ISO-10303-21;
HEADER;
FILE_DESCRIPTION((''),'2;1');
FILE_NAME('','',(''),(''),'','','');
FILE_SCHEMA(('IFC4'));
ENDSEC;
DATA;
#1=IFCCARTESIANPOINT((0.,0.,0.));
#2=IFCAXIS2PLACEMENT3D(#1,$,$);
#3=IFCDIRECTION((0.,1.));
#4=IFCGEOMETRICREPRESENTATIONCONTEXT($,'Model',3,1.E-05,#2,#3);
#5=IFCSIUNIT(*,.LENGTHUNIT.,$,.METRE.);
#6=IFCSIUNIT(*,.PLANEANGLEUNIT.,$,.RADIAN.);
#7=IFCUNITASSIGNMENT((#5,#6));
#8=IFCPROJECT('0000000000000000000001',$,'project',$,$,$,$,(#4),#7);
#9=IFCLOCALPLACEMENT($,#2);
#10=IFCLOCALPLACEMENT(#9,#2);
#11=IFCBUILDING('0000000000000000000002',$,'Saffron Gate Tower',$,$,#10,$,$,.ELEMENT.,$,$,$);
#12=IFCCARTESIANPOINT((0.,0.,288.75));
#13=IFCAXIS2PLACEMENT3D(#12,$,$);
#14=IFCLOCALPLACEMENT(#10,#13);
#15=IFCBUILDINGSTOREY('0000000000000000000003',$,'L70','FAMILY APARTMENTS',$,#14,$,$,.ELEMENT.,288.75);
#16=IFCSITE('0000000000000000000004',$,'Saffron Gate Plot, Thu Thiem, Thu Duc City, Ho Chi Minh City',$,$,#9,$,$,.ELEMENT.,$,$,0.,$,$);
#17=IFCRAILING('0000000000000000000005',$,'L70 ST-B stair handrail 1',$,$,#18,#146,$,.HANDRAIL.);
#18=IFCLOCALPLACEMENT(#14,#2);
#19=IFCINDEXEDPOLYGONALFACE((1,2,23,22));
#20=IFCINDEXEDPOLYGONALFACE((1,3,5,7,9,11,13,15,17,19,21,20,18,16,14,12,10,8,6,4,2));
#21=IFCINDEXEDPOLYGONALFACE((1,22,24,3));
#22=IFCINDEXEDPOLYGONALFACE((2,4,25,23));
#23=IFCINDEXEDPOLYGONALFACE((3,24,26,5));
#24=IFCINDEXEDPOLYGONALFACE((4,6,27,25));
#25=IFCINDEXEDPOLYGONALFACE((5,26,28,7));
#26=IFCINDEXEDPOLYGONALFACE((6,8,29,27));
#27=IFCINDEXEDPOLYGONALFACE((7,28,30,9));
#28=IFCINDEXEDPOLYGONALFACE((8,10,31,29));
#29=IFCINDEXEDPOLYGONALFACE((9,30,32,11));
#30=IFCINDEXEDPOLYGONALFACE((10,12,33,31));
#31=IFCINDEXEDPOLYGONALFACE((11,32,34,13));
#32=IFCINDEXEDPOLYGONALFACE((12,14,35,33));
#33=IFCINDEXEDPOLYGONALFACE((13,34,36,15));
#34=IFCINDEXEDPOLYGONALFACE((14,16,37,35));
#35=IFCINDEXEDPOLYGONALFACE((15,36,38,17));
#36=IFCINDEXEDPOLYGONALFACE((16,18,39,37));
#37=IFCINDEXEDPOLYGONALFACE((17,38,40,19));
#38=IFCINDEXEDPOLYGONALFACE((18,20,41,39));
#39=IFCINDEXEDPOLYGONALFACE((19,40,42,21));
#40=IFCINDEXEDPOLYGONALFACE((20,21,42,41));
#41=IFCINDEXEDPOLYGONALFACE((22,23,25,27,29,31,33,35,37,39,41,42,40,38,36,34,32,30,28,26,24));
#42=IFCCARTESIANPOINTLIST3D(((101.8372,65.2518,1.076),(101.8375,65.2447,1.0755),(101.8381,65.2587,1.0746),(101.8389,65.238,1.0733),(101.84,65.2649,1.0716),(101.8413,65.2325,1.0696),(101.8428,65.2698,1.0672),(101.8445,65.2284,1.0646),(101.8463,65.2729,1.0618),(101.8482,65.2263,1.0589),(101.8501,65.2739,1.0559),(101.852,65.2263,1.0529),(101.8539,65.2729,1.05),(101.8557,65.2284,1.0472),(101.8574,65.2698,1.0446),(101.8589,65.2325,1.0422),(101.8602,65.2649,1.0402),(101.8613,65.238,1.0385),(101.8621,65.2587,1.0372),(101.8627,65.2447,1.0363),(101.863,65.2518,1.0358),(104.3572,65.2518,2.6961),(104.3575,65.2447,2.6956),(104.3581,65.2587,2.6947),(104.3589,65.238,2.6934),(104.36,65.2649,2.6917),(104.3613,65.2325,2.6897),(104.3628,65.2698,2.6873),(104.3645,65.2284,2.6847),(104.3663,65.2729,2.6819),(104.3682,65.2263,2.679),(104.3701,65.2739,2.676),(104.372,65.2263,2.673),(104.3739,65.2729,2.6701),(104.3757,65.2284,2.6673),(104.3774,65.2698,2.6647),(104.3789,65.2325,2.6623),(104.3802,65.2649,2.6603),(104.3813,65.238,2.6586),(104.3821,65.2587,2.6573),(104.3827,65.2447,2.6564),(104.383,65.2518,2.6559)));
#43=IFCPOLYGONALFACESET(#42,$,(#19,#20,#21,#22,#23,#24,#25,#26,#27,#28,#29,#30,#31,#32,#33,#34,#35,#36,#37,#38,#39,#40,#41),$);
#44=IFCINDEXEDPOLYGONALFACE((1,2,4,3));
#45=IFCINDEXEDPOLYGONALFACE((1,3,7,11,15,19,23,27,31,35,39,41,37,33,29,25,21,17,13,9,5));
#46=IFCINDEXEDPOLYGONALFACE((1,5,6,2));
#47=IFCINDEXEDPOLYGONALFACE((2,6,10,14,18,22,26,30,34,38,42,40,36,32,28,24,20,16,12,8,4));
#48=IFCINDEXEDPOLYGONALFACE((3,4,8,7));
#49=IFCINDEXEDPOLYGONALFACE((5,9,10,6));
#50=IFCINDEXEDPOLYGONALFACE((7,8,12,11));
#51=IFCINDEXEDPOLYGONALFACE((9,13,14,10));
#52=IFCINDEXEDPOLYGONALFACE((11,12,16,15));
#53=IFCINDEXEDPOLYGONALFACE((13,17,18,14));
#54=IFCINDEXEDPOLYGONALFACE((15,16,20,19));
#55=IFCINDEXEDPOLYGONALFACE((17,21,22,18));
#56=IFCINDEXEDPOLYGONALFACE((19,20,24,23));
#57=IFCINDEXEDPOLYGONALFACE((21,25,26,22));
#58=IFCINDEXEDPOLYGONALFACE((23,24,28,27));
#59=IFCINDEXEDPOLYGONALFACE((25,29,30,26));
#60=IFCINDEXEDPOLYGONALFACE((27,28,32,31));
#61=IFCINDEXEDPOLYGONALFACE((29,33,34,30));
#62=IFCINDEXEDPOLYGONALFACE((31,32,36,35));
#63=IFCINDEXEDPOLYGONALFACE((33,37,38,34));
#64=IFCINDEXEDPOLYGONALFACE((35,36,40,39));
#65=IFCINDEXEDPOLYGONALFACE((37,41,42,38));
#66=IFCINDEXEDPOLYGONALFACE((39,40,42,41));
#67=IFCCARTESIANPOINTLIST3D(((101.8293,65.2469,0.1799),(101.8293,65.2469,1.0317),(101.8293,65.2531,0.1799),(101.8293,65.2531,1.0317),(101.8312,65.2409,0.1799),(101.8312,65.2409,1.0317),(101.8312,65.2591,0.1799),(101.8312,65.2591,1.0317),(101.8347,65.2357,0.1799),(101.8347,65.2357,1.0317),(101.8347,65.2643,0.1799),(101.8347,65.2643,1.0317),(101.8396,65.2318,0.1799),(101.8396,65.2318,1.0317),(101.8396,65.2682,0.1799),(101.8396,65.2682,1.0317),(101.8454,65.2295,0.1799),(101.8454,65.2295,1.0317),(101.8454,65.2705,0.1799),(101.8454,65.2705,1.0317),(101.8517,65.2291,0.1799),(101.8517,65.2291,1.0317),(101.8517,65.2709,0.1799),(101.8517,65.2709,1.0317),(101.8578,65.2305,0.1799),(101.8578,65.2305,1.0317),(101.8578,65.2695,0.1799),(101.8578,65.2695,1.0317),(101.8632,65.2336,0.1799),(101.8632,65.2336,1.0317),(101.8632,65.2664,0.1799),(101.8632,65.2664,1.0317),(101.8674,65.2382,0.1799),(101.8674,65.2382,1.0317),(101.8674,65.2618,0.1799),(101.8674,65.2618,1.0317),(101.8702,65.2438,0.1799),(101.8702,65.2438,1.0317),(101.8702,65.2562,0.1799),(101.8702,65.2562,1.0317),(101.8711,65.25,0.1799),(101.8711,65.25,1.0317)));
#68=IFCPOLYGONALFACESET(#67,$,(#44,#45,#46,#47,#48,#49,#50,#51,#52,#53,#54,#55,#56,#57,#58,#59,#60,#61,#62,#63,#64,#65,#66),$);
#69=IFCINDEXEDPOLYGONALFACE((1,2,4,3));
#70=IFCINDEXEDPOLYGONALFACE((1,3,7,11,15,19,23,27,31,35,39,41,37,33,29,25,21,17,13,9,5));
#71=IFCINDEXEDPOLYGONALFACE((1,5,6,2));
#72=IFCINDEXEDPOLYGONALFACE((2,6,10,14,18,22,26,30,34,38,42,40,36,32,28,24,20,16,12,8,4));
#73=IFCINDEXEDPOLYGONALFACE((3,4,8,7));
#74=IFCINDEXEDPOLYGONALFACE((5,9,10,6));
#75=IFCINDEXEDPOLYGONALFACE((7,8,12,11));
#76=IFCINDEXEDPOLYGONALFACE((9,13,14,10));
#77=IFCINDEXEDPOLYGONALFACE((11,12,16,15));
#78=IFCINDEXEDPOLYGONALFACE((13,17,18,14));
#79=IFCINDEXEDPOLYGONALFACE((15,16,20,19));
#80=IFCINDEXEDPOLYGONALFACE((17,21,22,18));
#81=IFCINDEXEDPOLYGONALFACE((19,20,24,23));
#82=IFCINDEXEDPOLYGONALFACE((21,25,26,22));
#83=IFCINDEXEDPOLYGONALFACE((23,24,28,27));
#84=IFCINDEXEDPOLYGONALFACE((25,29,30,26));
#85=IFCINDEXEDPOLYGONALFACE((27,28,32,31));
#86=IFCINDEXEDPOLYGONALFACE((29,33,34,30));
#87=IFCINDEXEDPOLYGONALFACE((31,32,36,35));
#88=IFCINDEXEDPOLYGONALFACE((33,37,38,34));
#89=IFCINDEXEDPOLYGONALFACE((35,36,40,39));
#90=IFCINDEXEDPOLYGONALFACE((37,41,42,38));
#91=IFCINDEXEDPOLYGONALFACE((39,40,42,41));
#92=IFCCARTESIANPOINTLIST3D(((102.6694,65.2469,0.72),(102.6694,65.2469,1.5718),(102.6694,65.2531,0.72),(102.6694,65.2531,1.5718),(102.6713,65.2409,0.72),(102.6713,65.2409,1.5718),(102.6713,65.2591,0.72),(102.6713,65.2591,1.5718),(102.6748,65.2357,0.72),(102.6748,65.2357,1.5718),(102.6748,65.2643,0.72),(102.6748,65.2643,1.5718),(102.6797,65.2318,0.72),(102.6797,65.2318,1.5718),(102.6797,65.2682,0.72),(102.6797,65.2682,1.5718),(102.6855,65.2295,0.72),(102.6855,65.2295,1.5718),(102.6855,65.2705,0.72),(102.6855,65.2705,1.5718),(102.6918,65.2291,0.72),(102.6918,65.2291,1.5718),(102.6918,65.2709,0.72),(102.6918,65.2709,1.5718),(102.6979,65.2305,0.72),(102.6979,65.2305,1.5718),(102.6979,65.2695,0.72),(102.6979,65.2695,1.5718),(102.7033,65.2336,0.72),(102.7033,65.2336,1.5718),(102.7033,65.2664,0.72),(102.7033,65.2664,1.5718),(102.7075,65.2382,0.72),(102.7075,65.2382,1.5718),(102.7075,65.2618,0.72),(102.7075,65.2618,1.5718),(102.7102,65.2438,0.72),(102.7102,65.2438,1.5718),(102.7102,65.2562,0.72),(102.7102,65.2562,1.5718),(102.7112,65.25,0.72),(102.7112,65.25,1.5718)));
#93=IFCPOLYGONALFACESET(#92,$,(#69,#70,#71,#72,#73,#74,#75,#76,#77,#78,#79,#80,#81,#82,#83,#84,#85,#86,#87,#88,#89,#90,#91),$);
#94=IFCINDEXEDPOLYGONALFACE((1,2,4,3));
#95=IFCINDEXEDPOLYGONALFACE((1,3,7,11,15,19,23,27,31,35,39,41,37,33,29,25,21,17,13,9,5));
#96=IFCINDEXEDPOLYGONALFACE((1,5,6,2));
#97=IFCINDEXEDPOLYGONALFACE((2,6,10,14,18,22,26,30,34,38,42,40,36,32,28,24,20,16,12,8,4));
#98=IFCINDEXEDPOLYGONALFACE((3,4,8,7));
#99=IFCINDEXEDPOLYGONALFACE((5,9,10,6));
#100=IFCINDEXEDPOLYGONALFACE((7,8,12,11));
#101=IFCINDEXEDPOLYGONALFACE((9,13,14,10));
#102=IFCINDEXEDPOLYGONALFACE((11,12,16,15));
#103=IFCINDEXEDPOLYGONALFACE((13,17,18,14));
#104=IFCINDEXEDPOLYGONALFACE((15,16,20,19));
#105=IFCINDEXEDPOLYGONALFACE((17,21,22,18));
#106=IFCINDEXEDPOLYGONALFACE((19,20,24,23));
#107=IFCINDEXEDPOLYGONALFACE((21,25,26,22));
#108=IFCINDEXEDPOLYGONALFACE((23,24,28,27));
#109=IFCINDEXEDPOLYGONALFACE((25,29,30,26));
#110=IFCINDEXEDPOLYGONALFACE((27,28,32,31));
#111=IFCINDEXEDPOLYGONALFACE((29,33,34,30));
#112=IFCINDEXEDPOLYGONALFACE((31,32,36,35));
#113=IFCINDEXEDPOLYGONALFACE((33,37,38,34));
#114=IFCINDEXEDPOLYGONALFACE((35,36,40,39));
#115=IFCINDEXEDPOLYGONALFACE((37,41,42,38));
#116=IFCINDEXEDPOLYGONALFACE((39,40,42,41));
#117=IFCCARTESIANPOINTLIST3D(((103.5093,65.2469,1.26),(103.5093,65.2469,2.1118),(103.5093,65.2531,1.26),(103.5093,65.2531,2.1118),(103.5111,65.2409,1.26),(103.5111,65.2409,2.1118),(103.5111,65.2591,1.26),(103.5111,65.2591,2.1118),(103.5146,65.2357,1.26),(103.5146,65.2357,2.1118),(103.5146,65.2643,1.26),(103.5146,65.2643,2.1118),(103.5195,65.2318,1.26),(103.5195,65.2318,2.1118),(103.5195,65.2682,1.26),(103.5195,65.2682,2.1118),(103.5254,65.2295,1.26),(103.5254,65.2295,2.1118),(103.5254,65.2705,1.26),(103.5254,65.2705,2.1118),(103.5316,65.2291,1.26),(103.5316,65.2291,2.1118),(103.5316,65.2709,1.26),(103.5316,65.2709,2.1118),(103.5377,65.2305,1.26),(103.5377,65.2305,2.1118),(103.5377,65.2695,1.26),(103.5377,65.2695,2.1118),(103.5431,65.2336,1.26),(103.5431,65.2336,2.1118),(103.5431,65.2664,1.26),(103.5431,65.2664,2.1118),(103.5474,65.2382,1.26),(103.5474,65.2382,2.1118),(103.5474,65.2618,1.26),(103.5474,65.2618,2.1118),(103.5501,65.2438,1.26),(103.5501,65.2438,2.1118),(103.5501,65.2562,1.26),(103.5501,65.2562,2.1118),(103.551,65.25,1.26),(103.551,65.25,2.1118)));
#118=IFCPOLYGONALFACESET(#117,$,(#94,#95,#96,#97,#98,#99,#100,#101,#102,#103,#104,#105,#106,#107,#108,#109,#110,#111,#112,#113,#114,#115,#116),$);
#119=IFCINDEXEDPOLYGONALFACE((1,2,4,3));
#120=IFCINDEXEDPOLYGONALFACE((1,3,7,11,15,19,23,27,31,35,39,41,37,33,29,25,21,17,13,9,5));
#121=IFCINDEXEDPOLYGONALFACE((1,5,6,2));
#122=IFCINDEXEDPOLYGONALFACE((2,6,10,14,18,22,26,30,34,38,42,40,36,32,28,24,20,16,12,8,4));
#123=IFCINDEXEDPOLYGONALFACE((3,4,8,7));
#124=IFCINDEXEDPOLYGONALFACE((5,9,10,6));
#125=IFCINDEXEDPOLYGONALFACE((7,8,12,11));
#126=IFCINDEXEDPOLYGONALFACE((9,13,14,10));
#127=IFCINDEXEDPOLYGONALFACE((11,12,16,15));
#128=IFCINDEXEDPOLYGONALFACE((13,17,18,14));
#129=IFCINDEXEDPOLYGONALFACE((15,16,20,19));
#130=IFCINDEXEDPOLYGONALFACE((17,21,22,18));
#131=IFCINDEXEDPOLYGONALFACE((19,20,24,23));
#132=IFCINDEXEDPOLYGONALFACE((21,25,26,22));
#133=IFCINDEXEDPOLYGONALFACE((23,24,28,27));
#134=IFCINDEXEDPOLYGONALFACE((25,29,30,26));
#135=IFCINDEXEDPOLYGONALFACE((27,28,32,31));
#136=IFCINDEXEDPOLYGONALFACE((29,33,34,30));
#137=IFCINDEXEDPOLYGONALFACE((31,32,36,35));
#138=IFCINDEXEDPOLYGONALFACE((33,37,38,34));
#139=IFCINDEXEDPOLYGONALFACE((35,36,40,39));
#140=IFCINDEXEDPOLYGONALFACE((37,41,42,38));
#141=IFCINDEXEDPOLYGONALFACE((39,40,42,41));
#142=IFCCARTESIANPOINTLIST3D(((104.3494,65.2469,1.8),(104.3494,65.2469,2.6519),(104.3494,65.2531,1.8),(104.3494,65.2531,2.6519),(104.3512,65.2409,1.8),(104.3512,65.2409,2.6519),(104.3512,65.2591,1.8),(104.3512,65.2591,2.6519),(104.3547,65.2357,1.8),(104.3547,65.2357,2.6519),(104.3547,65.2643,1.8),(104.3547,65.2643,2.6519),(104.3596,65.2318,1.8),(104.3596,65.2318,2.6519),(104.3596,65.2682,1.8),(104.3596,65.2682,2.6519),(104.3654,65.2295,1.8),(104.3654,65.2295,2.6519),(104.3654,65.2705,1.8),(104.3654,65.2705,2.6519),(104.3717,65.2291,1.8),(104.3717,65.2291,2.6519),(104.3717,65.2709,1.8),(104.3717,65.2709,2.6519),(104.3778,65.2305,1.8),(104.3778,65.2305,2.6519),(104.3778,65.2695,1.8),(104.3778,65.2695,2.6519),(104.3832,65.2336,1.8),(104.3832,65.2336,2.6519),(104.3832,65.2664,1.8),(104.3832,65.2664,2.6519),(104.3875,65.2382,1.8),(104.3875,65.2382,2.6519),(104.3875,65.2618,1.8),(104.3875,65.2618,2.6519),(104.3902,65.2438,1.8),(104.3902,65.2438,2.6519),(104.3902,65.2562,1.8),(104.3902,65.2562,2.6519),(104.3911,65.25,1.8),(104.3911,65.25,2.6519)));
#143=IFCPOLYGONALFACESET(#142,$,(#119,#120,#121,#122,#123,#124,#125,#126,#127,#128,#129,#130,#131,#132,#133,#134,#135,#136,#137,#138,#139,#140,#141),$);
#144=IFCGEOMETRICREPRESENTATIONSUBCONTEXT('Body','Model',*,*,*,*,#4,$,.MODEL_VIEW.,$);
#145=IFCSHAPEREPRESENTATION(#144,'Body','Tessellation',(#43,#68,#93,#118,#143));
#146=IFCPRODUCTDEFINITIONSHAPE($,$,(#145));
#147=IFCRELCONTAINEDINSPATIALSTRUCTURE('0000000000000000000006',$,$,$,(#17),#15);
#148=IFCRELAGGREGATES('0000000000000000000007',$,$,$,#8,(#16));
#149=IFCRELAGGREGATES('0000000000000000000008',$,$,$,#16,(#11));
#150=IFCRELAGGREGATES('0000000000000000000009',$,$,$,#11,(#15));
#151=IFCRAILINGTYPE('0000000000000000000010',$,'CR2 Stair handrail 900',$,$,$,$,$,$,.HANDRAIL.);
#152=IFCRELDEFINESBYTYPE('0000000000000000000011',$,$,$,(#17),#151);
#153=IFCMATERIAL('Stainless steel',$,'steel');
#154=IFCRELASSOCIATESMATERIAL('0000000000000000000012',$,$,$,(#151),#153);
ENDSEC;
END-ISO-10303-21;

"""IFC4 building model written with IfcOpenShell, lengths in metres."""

from ifc_helpers import new_model, si_unit, direction, frame, origin, origin_2d, place, context, subcontext, project, spatial, circle, extrude, material, type_object, element, save


model = new_model("IFC4")

# Units and contexts
model_context = context("Model", 3, precision=1e-05, world=origin(), true_north=direction((0.0, 1.0)))
body_context = subcontext(model_context, "Body", "Model", "MODEL_VIEW")
ifc_project = project(units=[si_unit("LENGTHUNIT", "METRE"), si_unit("PLANEANGLEUNIT", "RADIAN")], contexts=[model_context])

# Site, building, storey
site_placement = place(None, origin())
site = spatial("IfcSite", under=ifc_project, at=site_placement, Name="Saffron Gate Plot, Thu Thiem, Thu Duc City, Ho Chi Minh City", CompositionType="ELEMENT", RefElevation=0.0)
building_placement = place(site_placement, origin())
building = spatial("IfcBuilding", under=site, at=building_placement, Name="Saffron Gate Tower", CompositionType="ELEMENT")
storey_placement = place(building_placement, frame((0.0, 0.0, 288.75)))
storey = spatial("IfcBuildingStorey", under=building, at=storey_placement, Name="L70", Description="FAMILY APARTMENTS", CompositionType="ELEMENT", Elevation=288.75)

# Railing
ifc_material_1 = material(Name="Stainless steel", Category="steel")
railing_type_1 = type_object("IfcRailingType", Name="CR2 Stair handrail 900", PredefinedType="HANDRAIL", material=ifc_material_1)
railing_1_placement = place(storey_placement, frame((101.8501, 65.25, 0.1799)))
element("IfcRailing", 1, at=railing_1_placement, inside=storey, type_object=railing_type_1, Name="L70 ST-B stair handrail 1", PredefinedType="HANDRAIL", context=body_context, shape_type="SweptSolid", body=[
    extrude(circle(Radius=0.0239, at=origin_2d()), frame((0.0, 0.0, 0.876), z_axis=(0.841163, 0.0, 0.540782), x_axis=(0.0, 1.0, 0.0)), (0.0, 0.0, 1.0), 2.9958),
    extrude(circle(Radius=0.021, at=origin_2d()), origin(), (0.0, 0.0, 1.0), 0.8518),
    extrude(circle(Radius=0.021, at=origin_2d()), frame((0.8401, 0.0, 0.54)), (0.0, 0.0, 1.0), 0.8518),
    extrude(circle(Radius=0.021, at=origin_2d()), frame((1.6799, 0.0, 1.0801)), (0.0, 0.0, 1.0), 0.8518),
    extrude(circle(Radius=0.021, at=origin_2d()), frame((2.52, 0.0, 1.6201)), (0.0, 0.0, 1.0), 0.8518),
])

save(model, "model.ifc")
